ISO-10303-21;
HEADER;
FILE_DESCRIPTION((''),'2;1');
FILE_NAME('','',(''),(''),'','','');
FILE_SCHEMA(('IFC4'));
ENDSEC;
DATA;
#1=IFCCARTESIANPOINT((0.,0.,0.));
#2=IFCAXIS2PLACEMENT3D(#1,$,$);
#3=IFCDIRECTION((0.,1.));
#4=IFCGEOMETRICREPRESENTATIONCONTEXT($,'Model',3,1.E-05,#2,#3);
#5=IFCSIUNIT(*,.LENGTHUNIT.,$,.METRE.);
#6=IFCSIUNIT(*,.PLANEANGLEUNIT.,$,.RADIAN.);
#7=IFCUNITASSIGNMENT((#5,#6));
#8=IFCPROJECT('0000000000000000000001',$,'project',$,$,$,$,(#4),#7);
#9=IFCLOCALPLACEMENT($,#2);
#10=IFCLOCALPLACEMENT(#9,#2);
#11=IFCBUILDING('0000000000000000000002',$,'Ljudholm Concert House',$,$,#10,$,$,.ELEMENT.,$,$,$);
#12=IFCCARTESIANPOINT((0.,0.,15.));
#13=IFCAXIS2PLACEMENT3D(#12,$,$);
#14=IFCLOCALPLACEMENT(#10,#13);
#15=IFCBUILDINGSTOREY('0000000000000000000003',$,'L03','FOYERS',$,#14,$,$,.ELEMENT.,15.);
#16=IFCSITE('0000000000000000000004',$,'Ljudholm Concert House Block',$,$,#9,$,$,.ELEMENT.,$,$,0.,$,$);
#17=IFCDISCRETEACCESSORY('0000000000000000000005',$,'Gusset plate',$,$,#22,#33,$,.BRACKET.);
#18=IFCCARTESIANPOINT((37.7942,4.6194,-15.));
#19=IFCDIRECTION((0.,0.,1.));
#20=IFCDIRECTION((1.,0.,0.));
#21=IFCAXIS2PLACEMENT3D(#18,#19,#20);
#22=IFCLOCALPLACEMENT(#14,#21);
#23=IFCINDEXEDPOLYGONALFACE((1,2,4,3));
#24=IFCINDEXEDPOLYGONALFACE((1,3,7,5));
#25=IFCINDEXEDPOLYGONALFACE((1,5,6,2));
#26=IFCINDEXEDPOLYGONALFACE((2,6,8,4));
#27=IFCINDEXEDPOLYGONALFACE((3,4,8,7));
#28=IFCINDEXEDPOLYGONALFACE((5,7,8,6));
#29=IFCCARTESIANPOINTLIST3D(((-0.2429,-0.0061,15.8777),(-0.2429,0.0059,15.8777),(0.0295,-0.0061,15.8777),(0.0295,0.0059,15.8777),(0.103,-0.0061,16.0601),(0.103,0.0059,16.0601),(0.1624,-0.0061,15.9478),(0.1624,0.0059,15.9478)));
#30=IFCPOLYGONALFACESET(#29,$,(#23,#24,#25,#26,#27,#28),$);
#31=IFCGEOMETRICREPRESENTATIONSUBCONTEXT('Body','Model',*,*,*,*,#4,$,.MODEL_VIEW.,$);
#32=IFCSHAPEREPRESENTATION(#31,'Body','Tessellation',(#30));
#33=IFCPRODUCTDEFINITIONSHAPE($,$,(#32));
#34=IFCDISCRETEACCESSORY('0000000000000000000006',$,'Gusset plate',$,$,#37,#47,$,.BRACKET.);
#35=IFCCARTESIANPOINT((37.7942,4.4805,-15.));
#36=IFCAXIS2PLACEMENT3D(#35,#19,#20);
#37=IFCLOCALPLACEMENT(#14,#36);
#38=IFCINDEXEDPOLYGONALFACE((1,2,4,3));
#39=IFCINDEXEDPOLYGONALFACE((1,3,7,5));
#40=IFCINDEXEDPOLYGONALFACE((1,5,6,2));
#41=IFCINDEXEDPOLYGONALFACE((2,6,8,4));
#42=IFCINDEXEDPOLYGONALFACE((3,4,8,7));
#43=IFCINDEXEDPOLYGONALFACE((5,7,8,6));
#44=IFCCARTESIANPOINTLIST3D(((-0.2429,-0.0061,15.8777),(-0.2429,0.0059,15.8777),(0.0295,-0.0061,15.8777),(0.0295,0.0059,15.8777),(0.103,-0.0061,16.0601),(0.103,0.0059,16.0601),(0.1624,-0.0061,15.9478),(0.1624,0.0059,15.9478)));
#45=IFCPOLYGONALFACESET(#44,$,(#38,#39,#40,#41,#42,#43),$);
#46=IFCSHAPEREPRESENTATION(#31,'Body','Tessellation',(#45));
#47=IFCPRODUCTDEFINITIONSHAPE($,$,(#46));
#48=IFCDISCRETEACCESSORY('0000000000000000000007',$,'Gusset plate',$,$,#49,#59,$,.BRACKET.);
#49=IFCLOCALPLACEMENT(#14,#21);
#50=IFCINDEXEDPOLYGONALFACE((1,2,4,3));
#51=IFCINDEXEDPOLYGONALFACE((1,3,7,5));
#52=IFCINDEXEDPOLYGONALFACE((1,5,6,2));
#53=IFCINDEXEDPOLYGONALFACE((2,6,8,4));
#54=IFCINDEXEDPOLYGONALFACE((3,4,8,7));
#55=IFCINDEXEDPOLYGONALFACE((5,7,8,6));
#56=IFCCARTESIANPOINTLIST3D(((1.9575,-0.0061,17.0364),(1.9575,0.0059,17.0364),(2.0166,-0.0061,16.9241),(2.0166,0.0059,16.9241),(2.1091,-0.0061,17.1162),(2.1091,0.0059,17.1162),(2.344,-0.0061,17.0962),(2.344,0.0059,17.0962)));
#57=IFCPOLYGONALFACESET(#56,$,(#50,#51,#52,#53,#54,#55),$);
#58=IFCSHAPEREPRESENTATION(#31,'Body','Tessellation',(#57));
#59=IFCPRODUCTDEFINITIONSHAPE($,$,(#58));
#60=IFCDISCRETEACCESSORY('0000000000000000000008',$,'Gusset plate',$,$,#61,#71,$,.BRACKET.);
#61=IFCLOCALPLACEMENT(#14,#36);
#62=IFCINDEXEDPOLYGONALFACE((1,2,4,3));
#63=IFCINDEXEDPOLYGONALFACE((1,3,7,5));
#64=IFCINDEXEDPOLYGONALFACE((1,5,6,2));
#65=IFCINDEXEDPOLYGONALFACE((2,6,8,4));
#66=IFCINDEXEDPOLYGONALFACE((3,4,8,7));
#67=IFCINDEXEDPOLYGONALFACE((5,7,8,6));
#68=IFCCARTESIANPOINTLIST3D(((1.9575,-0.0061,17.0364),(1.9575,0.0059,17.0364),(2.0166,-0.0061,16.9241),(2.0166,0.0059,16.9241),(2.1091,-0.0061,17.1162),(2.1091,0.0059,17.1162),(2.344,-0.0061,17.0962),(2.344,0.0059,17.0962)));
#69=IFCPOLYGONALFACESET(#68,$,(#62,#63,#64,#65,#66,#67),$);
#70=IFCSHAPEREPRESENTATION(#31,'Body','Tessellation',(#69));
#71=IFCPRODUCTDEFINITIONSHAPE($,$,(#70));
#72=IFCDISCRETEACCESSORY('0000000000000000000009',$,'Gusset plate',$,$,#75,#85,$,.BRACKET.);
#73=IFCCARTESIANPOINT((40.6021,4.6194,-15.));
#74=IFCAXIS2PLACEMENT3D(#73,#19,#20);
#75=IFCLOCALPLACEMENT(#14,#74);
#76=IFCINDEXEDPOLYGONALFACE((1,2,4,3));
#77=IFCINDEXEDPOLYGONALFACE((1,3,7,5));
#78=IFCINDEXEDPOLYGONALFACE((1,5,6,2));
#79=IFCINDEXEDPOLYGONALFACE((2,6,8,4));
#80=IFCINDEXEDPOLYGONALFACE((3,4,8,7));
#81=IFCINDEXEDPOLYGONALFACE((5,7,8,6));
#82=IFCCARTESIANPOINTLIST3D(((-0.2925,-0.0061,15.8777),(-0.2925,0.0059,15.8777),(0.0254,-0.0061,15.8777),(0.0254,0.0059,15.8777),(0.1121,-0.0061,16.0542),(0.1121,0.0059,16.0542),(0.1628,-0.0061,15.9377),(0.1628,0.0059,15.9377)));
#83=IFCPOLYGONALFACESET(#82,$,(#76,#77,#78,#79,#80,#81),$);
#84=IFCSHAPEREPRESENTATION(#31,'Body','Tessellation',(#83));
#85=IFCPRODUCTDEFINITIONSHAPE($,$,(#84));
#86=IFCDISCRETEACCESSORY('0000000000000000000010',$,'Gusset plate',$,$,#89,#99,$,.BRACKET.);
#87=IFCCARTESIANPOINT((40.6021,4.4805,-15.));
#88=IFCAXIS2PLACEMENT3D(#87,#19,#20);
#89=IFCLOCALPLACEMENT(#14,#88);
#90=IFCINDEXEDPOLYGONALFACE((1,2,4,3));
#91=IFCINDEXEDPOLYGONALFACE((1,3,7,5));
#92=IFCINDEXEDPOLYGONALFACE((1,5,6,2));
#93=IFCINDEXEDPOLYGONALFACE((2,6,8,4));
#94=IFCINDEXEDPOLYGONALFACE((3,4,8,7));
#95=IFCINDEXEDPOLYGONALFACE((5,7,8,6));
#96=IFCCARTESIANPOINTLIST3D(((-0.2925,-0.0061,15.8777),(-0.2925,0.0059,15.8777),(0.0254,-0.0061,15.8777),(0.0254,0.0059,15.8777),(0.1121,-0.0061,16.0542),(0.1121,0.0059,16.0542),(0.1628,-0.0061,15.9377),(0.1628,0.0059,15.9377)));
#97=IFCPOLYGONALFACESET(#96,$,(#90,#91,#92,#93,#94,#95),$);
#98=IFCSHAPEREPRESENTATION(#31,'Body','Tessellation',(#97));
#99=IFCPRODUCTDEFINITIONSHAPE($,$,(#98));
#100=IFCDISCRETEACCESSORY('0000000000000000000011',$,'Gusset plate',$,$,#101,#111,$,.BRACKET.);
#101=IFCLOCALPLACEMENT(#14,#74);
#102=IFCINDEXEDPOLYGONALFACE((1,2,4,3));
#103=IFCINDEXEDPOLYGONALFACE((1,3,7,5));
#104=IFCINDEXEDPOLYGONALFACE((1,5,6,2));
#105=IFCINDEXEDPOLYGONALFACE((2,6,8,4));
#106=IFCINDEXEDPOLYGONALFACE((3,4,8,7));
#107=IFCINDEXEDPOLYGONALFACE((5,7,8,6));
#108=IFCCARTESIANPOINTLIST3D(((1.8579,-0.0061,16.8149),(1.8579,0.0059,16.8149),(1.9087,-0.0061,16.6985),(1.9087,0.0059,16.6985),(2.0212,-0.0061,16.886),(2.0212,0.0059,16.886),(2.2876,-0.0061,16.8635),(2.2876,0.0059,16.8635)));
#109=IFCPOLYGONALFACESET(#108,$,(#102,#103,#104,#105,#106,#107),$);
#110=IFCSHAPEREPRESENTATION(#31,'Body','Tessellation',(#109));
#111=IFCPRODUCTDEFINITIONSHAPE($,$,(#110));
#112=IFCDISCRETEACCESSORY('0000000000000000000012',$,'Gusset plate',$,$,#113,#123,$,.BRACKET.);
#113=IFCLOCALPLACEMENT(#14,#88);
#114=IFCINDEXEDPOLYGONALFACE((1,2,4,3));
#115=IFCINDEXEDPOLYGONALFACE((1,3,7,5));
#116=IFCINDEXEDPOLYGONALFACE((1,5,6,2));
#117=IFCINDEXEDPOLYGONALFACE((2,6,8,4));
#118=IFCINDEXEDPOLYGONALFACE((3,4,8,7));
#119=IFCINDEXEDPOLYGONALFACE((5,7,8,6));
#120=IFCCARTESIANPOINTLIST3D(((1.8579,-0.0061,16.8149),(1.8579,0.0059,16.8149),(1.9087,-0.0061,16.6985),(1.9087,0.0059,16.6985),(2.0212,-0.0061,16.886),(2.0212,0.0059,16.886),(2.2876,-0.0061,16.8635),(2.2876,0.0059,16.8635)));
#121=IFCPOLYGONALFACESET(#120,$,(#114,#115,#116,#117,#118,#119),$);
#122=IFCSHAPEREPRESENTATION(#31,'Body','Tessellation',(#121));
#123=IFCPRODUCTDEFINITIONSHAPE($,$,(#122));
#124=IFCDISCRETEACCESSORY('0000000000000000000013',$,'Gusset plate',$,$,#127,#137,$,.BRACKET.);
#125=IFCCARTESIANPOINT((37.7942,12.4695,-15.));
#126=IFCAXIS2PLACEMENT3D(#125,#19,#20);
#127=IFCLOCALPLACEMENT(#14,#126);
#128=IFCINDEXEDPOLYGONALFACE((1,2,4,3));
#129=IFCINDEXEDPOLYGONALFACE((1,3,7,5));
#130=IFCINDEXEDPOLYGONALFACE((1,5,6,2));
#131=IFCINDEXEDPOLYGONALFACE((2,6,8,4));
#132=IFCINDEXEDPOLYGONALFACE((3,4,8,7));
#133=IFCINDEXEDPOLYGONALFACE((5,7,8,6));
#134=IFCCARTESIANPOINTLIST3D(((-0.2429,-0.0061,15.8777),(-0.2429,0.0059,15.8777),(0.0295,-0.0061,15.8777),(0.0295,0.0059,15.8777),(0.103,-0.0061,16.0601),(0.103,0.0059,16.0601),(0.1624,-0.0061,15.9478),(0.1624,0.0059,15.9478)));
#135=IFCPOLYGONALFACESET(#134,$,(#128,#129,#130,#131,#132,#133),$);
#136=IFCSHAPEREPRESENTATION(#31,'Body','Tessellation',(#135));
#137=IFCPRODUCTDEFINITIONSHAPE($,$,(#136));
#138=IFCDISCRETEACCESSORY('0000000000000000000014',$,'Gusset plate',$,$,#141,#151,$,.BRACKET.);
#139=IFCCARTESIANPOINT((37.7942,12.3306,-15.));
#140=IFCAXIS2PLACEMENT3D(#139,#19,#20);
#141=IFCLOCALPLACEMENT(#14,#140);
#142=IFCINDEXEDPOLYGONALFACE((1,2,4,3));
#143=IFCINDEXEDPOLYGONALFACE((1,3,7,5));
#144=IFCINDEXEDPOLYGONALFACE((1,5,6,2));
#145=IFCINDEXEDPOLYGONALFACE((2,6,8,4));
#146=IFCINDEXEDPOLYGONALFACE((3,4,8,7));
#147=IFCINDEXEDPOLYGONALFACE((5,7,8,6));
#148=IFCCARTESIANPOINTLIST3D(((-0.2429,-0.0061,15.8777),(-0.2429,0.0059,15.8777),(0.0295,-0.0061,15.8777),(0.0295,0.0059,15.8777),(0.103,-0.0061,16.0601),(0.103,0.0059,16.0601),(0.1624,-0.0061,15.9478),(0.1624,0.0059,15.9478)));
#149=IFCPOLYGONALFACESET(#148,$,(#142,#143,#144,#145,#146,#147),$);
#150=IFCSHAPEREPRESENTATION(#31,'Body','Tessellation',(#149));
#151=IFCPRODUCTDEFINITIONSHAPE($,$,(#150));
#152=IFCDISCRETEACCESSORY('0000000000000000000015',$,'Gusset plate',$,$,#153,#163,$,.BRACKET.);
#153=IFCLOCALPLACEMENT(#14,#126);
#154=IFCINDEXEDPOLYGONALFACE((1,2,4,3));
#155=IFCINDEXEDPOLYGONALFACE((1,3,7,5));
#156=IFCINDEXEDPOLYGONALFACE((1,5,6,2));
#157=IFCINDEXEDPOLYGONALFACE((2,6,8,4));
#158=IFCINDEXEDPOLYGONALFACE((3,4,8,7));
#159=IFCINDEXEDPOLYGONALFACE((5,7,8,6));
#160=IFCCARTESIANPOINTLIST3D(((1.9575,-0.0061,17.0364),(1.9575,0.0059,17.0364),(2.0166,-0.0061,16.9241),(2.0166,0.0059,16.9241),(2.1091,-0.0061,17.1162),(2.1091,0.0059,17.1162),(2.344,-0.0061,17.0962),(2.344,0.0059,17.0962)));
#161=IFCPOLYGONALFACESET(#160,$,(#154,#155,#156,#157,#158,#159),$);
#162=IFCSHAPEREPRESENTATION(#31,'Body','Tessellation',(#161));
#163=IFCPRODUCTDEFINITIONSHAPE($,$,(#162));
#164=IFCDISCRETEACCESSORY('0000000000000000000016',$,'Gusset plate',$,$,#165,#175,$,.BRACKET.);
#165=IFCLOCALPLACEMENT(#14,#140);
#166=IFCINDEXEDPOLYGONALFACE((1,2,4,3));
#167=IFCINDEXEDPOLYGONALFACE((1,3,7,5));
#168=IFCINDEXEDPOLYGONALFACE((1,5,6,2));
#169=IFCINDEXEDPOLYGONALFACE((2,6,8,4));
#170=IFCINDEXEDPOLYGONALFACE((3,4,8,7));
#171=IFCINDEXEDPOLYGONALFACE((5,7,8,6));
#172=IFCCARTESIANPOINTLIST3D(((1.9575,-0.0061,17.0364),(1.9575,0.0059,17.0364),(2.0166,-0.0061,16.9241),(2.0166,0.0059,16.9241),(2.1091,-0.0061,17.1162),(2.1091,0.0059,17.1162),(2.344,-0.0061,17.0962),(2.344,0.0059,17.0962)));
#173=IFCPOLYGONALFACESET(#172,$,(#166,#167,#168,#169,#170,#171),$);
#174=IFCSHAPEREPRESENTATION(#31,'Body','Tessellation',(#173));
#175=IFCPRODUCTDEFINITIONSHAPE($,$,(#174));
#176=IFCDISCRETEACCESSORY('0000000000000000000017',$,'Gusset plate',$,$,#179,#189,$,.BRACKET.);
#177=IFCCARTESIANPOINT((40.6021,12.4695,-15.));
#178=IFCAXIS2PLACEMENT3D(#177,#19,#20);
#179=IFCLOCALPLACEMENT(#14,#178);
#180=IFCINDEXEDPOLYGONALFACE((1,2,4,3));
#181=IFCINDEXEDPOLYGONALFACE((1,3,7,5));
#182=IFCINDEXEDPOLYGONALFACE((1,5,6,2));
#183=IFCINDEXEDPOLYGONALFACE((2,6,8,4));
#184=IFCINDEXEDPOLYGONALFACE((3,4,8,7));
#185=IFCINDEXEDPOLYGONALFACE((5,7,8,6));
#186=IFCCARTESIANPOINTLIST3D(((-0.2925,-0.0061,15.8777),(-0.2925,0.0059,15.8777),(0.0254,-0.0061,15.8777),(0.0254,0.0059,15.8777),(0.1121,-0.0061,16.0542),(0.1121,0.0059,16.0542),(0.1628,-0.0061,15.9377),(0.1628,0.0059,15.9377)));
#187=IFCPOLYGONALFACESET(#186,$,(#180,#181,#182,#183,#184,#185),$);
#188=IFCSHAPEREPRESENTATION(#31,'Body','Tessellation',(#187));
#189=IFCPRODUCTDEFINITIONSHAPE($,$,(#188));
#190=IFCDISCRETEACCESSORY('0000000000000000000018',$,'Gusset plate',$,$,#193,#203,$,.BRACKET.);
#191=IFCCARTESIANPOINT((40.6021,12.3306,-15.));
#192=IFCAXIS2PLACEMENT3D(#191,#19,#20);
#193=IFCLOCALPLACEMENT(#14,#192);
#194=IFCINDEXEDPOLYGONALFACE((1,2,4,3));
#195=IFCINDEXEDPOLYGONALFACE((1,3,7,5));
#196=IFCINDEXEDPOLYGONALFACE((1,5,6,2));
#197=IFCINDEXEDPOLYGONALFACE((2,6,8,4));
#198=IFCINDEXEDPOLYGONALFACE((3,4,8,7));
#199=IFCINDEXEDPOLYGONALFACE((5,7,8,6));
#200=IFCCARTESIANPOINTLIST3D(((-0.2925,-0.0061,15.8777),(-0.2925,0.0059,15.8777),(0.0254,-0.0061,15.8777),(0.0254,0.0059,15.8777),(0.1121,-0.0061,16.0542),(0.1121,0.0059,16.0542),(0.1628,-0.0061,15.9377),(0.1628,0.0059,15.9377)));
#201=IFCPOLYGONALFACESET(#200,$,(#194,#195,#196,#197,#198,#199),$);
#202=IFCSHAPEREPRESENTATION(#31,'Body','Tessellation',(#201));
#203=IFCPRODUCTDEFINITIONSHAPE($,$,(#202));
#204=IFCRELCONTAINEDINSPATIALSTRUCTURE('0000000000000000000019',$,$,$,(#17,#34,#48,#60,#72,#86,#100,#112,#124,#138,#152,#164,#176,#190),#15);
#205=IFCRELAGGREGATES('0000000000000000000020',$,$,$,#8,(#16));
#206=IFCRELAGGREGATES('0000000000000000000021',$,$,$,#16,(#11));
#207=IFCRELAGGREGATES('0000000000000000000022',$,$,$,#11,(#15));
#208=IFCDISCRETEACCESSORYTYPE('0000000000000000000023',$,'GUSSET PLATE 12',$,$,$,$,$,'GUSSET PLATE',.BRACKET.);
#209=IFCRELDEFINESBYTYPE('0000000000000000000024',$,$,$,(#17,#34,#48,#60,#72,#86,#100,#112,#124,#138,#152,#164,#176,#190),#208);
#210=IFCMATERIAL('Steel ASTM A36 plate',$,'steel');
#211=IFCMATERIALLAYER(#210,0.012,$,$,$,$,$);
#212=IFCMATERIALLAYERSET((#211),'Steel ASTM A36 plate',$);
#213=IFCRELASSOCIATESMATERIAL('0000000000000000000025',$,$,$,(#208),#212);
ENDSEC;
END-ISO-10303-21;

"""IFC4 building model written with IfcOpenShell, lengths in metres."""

from ifc_helpers import new_model, si_unit, direction, frame, origin, place, context, subcontext, project, spatial, polyline, outline, extrude, material, layer, layer_set, type_object, element, save


model = new_model("IFC4")

# Units and contexts
model_context = context("Model", 3, precision=1e-05, world=origin(), true_north=direction((0.0, 1.0)))
body_context = subcontext(model_context, "Body", "Model", "MODEL_VIEW")
ifc_project = project(units=[si_unit("LENGTHUNIT", "METRE"), si_unit("PLANEANGLEUNIT", "RADIAN")], contexts=[model_context])

# Site, building, storey
site_placement = place(None, origin())
site = spatial("IfcSite", under=ifc_project, at=site_placement, Name="Ljudholm Concert House Block", CompositionType="ELEMENT", RefElevation=0.0)
building_placement = place(site_placement, origin())
building = spatial("IfcBuilding", under=site, at=building_placement, Name="Ljudholm Concert House", CompositionType="ELEMENT")
storey_placement = place(building_placement, frame((0.0, 0.0, 15.0)))
storey = spatial("IfcBuildingStorey", under=building, at=storey_placement, Name="L03", Description="FOYERS", CompositionType="ELEMENT", Elevation=15.0)

# Discrete accessories
ifc_material_1 = material(Name="Steel ASTM A36 plate", Category="steel")
ifc_layer = layer(ifc_material_1, 0.012)
ifc_layer_set = layer_set([ifc_layer], Name="Steel ASTM A36 plate")
discrete_accessory_type = type_object("IfcDiscreteAccessoryType", Name="GUSSET PLATE 12", ElementType="GUSSET PLATE", PredefinedType="BRACKET", material=ifc_layer_set)
for number, where, z_axis, x_axis, name in (
    (1, (37.7942, 4.6194, -15.0), (0.0, 0.0, 1.0), (1.0, 0.0, 0.0), "Gusset plate"),
    (2, (37.7942, 4.4805, -15.0), (0.0, 0.0, 1.0), (1.0, 0.0, 0.0), "Gusset plate"),
):
    element("IfcDiscreteAccessory", number, at=place(storey_placement, frame(where, z_axis=z_axis, x_axis=x_axis)), inside=storey, type_object=discrete_accessory_type, Name=name, PredefinedType="BRACKET", context=body_context, shape_type="SweptSolid", body=[
        extrude(outline(polyline([(0.1624, 15.9478), (0.0295, 15.8777), (-0.2429, 15.8777), (0.103, 16.0601), (0.1624, 15.9478)])), frame((0.0, 0.0059, 0.0), z_axis=(0.0, -1.0, 0.0), x_axis=(1.0, 0.0, 0.0)), (0.0, 0.0, 1.0), 0.012),
    ])
for number, where, z_axis, x_axis, name in (
    (3, (37.7942, 4.6194, -15.0), (0.0, 0.0, 1.0), (1.0, 0.0, 0.0), "Gusset plate"),
    (4, (37.7942, 4.4805, -15.0), (0.0, 0.0, 1.0), (1.0, 0.0, 0.0), "Gusset plate"),
):
    element("IfcDiscreteAccessory", number, at=place(storey_placement, frame(where, z_axis=z_axis, x_axis=x_axis)), inside=storey, type_object=discrete_accessory_type, Name=name, PredefinedType="BRACKET", context=body_context, shape_type="SweptSolid", body=[
        extrude(outline(polyline([(1.9575, 17.0364), (2.1091, 17.1162), (2.344, 17.0962), (2.0166, 16.9241), (1.9575, 17.0364)])), frame((0.0, 0.0059, 0.0), z_axis=(0.0, -1.0, 0.0), x_axis=(1.0, 0.0, 0.0)), (0.0, 0.0, 1.0), 0.012),
    ])
for number, where, z_axis, x_axis, name in (
    (5, (40.6021, 4.6194, -15.0), (0.0, 0.0, 1.0), (1.0, 0.0, 0.0), "Gusset plate"),
    (6, (40.6021, 4.4805, -15.0), (0.0, 0.0, 1.0), (1.0, 0.0, 0.0), "Gusset plate"),
):
    element("IfcDiscreteAccessory", number, at=place(storey_placement, frame(where, z_axis=z_axis, x_axis=x_axis)), inside=storey, type_object=discrete_accessory_type, Name=name, PredefinedType="BRACKET", context=body_context, shape_type="SweptSolid", body=[
        extrude(outline(polyline([(0.1628, 15.9377), (0.0254, 15.8777), (-0.2925, 15.8777), (0.1121, 16.0542), (0.1628, 15.9377)])), frame((0.0, 0.0059, 0.0), z_axis=(0.0, -1.0, 0.0), x_axis=(1.0, 0.0, 0.0)), (0.0, 0.0, 1.0), 0.012),
    ])
for number, where, z_axis, x_axis, name in (
    (7, (40.6021, 4.6194, -15.0), (0.0, 0.0, 1.0), (1.0, 0.0, 0.0), "Gusset plate"),
    (8, (40.6021, 4.4805, -15.0), (0.0, 0.0, 1.0), (1.0, 0.0, 0.0), "Gusset plate"),
):
    element("IfcDiscreteAccessory", number, at=place(storey_placement, frame(where, z_axis=z_axis, x_axis=x_axis)), inside=storey, type_object=discrete_accessory_type, Name=name, PredefinedType="BRACKET", context=body_context, shape_type="SweptSolid", body=[
        extrude(outline(polyline([(1.8579, 16.8149), (2.0212, 16.886), (2.2876, 16.8635), (1.9087, 16.6985), (1.8579, 16.8149)])), frame((0.0, 0.0059, 0.0), z_axis=(0.0, -1.0, 0.0), x_axis=(1.0, 0.0, 0.0)), (0.0, 0.0, 1.0), 0.012),
    ])
for number, where, z_axis, x_axis, name in (
    (9, (37.7942, 12.4695, -15.0), (0.0, 0.0, 1.0), (1.0, 0.0, 0.0), "Gusset plate"),
    (10, (37.7942, 12.3306, -15.0), (0.0, 0.0, 1.0), (1.0, 0.0, 0.0), "Gusset plate"),
):
    element("IfcDiscreteAccessory", number, at=place(storey_placement, frame(where, z_axis=z_axis, x_axis=x_axis)), inside=storey, type_object=discrete_accessory_type, Name=name, PredefinedType="BRACKET", context=body_context, shape_type="SweptSolid", body=[
        extrude(outline(polyline([(0.1624, 15.9478), (0.0295, 15.8777), (-0.2429, 15.8777), (0.103, 16.0601), (0.1624, 15.9478)])), frame((0.0, 0.0059, 0.0), z_axis=(0.0, -1.0, 0.0), x_axis=(1.0, 0.0, 0.0)), (0.0, 0.0, 1.0), 0.012),
    ])
for number, where, z_axis, x_axis, name in (
    (11, (37.7942, 12.4695, -15.0), (0.0, 0.0, 1.0), (1.0, 0.0, 0.0), "Gusset plate"),
    (12, (37.7942, 12.3306, -15.0), (0.0, 0.0, 1.0), (1.0, 0.0, 0.0), "Gusset plate"),
):
    element("IfcDiscreteAccessory", number, at=place(storey_placement, frame(where, z_axis=z_axis, x_axis=x_axis)), inside=storey, type_object=discrete_accessory_type, Name=name, PredefinedType="BRACKET", context=body_context, shape_type="SweptSolid", body=[
        extrude(outline(polyline([(1.9575, 17.0364), (2.1091, 17.1162), (2.344, 17.0962), (2.0166, 16.9241), (1.9575, 17.0364)])), frame((0.0, 0.0059, 0.0), z_axis=(0.0, -1.0, 0.0), x_axis=(1.0, 0.0, 0.0)), (0.0, 0.0, 1.0), 0.012),
    ])
for number, where, z_axis, x_axis, name in (
    (13, (40.6021, 12.4695, -15.0), (0.0, 0.0, 1.0), (1.0, 0.0, 0.0), "Gusset plate"),
    (14, (40.6021, 12.3306, -15.0), (0.0, 0.0, 1.0), (1.0, 0.0, 0.0), "Gusset plate"),
):
    element("IfcDiscreteAccessory", number, at=place(storey_placement, frame(where, z_axis=z_axis, x_axis=x_axis)), inside=storey, type_object=discrete_accessory_type, Name=name, PredefinedType="BRACKET", context=body_context, shape_type="SweptSolid", body=[
        extrude(outline(polyline([(0.1628, 15.9377), (0.0254, 15.8777), (-0.2925, 15.8777), (0.1121, 16.0542), (0.1628, 15.9377)])), frame((0.0, 0.0059, 0.0), z_axis=(0.0, -1.0, 0.0), x_axis=(1.0, 0.0, 0.0)), (0.0, 0.0, 1.0), 0.012),
    ])

save(model, "model.ifc")
